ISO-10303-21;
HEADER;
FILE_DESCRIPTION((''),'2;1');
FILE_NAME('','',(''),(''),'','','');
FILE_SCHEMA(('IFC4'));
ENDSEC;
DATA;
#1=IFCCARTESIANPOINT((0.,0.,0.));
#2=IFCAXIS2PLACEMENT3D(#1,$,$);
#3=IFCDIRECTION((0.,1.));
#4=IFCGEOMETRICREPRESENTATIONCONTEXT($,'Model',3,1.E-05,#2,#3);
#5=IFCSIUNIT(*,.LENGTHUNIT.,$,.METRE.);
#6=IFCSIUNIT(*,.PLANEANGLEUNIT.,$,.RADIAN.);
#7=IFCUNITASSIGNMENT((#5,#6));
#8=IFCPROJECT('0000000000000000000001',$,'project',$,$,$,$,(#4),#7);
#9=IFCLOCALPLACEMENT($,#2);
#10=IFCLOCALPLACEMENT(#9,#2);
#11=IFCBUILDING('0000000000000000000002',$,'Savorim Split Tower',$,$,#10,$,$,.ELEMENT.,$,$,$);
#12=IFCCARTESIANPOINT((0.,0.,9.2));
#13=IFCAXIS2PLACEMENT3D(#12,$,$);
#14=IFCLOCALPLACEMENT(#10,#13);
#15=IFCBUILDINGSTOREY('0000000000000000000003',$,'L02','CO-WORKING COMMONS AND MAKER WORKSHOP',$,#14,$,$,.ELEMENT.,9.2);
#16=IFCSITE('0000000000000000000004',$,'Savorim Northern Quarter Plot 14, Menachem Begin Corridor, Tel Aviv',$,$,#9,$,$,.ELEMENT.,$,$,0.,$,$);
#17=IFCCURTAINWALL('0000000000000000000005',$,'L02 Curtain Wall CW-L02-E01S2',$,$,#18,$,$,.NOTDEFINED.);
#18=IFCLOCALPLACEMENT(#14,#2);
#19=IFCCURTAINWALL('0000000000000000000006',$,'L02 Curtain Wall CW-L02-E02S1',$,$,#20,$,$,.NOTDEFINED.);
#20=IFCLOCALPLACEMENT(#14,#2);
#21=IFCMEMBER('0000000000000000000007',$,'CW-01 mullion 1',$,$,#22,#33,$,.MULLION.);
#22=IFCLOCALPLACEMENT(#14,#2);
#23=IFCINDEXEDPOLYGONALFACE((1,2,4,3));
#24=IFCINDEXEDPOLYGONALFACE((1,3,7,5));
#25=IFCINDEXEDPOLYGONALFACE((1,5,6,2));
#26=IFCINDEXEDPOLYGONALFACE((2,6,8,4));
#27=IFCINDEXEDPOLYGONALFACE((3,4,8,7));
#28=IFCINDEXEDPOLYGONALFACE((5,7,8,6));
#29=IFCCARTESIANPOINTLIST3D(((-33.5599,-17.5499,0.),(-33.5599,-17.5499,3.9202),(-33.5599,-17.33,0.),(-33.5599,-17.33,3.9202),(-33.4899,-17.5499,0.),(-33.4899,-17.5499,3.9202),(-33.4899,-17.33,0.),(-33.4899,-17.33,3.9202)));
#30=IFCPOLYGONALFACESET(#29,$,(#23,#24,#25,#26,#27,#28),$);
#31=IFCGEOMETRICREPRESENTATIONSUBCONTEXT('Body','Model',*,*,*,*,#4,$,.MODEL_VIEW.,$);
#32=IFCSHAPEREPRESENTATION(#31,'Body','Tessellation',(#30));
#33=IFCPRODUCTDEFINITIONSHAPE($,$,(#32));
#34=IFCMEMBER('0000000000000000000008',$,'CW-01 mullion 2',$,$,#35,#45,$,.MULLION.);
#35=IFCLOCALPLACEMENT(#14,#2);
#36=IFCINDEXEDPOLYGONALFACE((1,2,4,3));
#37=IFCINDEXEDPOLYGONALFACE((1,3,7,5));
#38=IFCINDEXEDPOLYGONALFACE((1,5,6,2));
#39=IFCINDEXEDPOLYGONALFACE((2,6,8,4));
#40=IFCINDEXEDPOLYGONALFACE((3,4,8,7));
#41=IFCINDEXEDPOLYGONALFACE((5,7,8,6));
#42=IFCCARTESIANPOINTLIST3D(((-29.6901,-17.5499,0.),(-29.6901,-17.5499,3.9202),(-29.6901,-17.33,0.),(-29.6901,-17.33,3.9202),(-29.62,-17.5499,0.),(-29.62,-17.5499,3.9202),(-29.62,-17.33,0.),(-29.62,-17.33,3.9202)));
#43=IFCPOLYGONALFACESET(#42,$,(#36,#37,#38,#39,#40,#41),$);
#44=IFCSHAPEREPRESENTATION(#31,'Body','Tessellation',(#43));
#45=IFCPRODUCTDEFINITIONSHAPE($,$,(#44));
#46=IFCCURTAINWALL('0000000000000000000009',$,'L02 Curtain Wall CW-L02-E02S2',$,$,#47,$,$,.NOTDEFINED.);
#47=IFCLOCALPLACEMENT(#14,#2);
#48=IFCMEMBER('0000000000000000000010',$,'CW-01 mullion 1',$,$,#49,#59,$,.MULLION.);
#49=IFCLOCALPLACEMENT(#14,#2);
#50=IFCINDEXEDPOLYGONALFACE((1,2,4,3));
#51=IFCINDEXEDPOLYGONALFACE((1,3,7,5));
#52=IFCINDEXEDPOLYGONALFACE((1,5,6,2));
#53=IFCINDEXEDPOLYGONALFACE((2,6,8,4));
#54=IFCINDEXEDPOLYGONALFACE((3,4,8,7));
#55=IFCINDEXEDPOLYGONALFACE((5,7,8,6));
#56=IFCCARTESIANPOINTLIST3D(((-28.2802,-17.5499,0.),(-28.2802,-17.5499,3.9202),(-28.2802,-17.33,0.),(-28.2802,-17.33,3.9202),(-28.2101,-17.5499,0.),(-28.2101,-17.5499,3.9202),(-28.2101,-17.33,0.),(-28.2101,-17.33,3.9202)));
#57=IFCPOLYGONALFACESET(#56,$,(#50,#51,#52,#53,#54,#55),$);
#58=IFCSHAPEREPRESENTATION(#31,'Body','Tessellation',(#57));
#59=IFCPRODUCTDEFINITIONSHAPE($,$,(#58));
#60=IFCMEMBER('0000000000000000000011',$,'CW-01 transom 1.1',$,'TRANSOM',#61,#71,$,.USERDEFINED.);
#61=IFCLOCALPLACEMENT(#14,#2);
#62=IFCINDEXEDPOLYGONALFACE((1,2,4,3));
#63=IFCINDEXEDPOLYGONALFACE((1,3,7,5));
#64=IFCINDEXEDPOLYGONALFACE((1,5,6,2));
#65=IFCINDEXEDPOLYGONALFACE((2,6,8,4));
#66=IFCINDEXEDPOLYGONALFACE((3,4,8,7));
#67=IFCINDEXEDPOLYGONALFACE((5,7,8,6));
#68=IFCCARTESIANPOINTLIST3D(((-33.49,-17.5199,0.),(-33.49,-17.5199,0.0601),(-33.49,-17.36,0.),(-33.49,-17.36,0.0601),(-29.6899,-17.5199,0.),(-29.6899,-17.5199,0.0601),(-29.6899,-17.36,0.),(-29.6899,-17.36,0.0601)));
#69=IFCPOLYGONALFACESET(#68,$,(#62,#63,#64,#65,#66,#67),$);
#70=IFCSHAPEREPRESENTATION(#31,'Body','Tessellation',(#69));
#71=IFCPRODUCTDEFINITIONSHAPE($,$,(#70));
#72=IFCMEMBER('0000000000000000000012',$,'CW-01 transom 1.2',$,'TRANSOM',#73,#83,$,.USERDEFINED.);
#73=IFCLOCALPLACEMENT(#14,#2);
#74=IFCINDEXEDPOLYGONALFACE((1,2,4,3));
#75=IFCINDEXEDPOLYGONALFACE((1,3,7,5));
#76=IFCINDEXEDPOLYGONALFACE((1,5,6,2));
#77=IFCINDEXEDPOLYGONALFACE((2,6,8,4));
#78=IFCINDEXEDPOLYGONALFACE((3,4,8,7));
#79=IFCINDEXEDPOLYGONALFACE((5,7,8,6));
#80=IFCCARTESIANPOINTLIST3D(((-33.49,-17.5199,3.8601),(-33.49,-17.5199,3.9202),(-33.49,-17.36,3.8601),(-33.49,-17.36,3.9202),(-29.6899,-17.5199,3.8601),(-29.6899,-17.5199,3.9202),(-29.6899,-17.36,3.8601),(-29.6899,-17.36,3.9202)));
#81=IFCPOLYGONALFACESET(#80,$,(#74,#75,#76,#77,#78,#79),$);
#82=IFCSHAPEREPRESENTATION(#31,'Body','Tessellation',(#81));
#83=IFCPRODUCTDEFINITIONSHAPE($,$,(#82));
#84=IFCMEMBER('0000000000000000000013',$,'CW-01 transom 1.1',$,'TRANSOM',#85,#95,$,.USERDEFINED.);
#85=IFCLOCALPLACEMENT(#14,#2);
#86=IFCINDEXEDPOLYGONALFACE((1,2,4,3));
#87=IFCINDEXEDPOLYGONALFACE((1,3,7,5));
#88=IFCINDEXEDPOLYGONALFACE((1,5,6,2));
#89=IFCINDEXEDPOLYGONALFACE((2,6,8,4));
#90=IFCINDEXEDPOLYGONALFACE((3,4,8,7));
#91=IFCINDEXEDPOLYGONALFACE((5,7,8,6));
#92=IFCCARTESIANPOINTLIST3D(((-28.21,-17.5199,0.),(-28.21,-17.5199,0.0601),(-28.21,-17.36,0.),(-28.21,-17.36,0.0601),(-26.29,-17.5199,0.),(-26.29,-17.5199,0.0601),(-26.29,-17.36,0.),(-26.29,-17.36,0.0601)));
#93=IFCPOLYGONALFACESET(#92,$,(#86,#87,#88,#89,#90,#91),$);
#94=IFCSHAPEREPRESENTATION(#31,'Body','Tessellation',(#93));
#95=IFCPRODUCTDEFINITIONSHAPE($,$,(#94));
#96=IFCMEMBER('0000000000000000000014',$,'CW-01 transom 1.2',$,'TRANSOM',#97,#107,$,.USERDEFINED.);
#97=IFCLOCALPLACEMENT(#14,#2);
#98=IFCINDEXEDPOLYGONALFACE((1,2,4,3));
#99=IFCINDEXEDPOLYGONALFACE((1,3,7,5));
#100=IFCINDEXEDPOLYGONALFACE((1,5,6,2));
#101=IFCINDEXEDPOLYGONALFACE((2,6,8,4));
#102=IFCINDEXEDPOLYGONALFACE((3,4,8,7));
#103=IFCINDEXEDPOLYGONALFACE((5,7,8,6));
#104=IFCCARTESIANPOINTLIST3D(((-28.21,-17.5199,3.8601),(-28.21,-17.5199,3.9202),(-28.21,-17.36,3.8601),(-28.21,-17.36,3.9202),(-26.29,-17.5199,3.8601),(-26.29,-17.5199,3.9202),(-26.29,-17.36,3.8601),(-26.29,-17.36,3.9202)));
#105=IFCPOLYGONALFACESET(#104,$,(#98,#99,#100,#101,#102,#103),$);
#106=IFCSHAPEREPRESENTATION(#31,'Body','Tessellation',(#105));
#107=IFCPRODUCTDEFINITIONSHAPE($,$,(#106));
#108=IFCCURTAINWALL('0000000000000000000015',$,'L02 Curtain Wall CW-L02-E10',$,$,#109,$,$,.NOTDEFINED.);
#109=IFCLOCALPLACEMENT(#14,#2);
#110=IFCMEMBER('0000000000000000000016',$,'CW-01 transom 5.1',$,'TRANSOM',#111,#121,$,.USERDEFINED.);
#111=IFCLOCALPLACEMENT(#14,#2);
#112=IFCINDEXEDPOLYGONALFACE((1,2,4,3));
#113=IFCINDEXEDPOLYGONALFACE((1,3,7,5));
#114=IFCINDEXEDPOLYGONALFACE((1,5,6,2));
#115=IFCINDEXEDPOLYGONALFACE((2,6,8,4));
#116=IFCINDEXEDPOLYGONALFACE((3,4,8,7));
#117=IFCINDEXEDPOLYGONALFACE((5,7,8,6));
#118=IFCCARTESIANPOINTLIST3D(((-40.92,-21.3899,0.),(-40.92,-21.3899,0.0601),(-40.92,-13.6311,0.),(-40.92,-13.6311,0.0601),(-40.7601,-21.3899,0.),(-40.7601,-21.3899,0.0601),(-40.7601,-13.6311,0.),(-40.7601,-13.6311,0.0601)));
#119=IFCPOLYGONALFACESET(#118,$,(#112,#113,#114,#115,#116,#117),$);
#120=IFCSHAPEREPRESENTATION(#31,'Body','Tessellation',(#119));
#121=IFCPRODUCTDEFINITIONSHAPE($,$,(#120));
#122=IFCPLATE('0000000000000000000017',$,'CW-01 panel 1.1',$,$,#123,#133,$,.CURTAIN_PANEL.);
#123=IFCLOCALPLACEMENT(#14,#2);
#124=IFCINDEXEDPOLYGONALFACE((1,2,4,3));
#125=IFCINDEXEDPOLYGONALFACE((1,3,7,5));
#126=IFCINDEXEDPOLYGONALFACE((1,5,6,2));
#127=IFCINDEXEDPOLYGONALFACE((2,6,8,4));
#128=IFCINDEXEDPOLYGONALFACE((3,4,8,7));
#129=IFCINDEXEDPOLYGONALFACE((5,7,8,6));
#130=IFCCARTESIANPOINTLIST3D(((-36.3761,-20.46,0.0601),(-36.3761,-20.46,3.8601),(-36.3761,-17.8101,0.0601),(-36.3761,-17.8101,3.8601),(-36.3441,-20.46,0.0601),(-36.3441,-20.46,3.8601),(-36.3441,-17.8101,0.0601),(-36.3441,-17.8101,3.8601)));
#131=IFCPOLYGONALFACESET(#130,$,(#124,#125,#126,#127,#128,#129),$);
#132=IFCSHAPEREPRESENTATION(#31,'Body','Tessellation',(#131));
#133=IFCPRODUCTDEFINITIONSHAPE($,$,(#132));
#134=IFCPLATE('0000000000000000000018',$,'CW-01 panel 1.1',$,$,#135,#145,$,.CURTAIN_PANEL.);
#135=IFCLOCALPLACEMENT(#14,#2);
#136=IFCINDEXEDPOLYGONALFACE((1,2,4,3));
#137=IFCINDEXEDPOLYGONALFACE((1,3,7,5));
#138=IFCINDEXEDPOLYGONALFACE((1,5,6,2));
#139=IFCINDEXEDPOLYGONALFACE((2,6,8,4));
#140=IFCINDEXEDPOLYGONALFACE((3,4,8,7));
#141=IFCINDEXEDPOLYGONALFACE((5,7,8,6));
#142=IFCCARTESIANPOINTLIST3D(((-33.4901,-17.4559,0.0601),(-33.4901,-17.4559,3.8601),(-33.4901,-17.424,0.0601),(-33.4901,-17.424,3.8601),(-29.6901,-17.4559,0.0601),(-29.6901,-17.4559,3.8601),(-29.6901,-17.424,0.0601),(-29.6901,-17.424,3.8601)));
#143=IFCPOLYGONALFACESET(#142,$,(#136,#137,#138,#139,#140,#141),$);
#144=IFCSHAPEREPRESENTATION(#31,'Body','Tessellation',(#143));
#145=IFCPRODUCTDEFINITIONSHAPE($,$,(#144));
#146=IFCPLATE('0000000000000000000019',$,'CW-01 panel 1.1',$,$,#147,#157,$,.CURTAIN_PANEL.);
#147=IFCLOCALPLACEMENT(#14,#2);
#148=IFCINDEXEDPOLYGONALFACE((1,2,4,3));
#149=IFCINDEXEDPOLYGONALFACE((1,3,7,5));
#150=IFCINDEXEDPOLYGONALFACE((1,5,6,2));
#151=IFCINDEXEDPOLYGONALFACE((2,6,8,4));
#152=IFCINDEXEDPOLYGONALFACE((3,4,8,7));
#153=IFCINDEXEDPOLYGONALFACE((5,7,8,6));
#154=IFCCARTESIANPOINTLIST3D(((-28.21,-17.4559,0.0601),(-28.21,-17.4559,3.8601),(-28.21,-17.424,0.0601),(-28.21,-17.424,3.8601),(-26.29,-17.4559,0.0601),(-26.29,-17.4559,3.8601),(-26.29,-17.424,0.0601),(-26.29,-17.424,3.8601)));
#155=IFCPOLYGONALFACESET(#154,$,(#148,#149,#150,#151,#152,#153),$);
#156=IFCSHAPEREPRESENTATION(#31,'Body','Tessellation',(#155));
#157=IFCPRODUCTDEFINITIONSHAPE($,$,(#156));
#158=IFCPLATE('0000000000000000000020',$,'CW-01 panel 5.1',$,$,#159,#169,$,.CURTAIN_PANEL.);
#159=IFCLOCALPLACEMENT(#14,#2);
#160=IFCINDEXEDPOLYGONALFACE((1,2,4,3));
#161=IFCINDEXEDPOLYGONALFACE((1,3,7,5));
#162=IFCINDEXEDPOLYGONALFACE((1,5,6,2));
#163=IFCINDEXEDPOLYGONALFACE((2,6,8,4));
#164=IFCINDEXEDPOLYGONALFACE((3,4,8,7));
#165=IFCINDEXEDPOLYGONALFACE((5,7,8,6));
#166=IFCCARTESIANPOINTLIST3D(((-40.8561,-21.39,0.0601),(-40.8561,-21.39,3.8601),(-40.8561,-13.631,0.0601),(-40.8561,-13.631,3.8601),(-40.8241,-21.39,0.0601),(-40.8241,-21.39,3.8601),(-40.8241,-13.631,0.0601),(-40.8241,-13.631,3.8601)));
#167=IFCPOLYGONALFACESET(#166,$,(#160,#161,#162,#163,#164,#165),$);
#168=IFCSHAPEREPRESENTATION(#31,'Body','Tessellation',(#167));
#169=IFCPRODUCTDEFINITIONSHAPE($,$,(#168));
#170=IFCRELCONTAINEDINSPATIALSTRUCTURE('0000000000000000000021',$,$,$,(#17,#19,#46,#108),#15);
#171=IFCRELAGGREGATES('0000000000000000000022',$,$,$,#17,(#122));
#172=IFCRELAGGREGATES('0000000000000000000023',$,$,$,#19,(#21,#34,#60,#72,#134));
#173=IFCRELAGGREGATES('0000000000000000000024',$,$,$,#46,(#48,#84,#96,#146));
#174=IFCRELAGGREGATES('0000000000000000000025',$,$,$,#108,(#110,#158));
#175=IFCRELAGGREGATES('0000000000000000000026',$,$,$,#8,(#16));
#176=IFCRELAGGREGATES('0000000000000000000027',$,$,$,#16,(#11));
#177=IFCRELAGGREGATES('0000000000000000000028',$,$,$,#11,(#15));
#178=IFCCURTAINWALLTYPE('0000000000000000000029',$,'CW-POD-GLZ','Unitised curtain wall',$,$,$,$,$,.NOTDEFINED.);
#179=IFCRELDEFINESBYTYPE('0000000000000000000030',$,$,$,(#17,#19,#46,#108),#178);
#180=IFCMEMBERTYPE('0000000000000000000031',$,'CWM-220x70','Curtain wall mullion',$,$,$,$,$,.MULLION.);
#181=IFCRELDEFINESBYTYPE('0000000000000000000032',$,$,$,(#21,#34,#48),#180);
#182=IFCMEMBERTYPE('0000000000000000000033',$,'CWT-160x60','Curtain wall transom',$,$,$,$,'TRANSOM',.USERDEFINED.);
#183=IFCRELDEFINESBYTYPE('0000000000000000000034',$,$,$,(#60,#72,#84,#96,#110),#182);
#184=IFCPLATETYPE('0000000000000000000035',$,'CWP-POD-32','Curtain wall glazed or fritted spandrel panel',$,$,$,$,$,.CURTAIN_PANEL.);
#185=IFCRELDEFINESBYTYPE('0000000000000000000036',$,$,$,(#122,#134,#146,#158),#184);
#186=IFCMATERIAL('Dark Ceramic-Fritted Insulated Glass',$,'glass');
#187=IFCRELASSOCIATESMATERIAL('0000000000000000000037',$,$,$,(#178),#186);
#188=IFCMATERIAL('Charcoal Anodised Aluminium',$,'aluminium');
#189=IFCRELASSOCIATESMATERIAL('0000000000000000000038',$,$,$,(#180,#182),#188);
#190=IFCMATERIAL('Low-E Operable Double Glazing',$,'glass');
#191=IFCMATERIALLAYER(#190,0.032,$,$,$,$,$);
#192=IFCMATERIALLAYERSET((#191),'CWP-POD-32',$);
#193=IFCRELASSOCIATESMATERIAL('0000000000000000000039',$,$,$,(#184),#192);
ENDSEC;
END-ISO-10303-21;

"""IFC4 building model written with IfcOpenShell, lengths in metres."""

from ifc_helpers import new_model, si_unit, direction, frame, origin, origin_2d, place, context, subcontext, project, spatial, rectangle, extrude, material, layer, layer_set, material_profile, profile_set, type_object, element, aggregate, save


model = new_model("IFC4")

# Units and contexts
model_context = context("Model", 3, precision=1e-05, world=origin(), true_north=direction((0.0, 1.0)))
body_context = subcontext(model_context, "Body", "Model", "MODEL_VIEW")
ifc_project = project(units=[si_unit("LENGTHUNIT", "METRE"), si_unit("PLANEANGLEUNIT", "RADIAN")], contexts=[model_context])

# Site, building, storey
site_placement = place(None, origin())
site = spatial("IfcSite", under=ifc_project, at=site_placement, Name="Savorim Northern Quarter Plot 14, Menachem Begin Corridor, Tel Aviv", CompositionType="ELEMENT", RefElevation=0.0)
building_placement = place(site_placement, origin())
building = spatial("IfcBuilding", under=site, at=building_placement, Name="Savorim Split Tower", CompositionType="ELEMENT")
storey_placement = place(building_placement, frame((0.0, 0.0, 9.2)))
storey = spatial("IfcBuildingStorey", under=building, at=storey_placement, Name="L02", Description="CO-WORKING COMMONS AND MAKER WORKSHOP", CompositionType="ELEMENT", Elevation=9.2)

# Curtain wall
ifc_material_1 = material(Name="Dark Ceramic-Fritted Insulated Glass", Category="glass")
curtain_wall_type = type_object("IfcCurtainWallType", Name="CW-POD-GLZ", Description="Unitised curtain wall", PredefinedType="NOTDEFINED", material=ifc_material_1)
curtain_wall_1_placement = place(storey_placement, origin())
curtain_wall_1 = element("IfcCurtainWall", 1, at=curtain_wall_1_placement, inside=storey, type_object=curtain_wall_type, Name="L02 Curtain Wall CW-L02-E01S2", PredefinedType="NOTDEFINED")
ifc_material_2 = material(Name="Charcoal Anodised Aluminium", Category="aluminium")
ifc_material_profile_1 = material_profile(ifc_material_2, rectangle(XDim=0.22, YDim=0.0701, at=origin_2d()), Name="ALU-M 220x70")
ifc_profile_set_1 = profile_set([ifc_material_profile_1], Name="Charcoal Anodised Aluminium")
member_type_1 = type_object("IfcMemberType", Name="CWM-220x70", Description="Curtain wall mullion", PredefinedType="MULLION", material=ifc_profile_set_1)

# Curtain wall, members
curtain_wall_2_placement = place(storey_placement, origin())
curtain_wall_2 = element("IfcCurtainWall", 2, at=curtain_wall_2_placement, inside=storey, type_object=curtain_wall_type, Name="L02 Curtain Wall CW-L02-E02S1", PredefinedType="NOTDEFINED")
member_1_placement = place(storey_placement, frame((-33.5249, -17.4399, 0.0), z_axis=(0.0, 0.0, 1.0), x_axis=(0.0, 1.0, 0.0)))
member_1 = element("IfcMember", 3, at=member_1_placement, type_object=member_type_1, Name="CW-01 mullion 1", PredefinedType="MULLION", context=body_context, shape_type="SweptSolid", body=[
    extrude(rectangle(XDim=0.22, YDim=0.0701, at=origin_2d()), origin(), (0.0, 0.0, 1.0), 3.9202),
])
member_2_placement = place(storey_placement, frame((-29.655, -17.4399, 0.0), z_axis=(0.0, 0.0, 1.0), x_axis=(0.0, 1.0, 0.0)))
member_2 = element("IfcMember", 4, at=member_2_placement, type_object=member_type_1, Name="CW-01 mullion 2", PredefinedType="MULLION", context=body_context, shape_type="SweptSolid", body=[
    extrude(rectangle(XDim=0.22, YDim=0.0701, at=origin_2d()), origin(), (0.0, 0.0, 1.0), 3.9202),
])

# Curtain wall, member
curtain_wall_3_placement = place(storey_placement, origin())
curtain_wall_3 = element("IfcCurtainWall", 5, at=curtain_wall_3_placement, inside=storey, type_object=curtain_wall_type, Name="L02 Curtain Wall CW-L02-E02S2", PredefinedType="NOTDEFINED")
member_3_placement = place(storey_placement, frame((-28.2451, -17.4399, 0.0), z_axis=(0.0, 0.0, 1.0), x_axis=(0.0, 1.0, 0.0)))
member_3 = element("IfcMember", 6, at=member_3_placement, type_object=member_type_1, Name="CW-01 mullion 1", PredefinedType="MULLION", context=body_context, shape_type="SweptSolid", body=[
    extrude(rectangle(XDim=0.22, YDim=0.0701, at=origin_2d()), origin(), (0.0, 0.0, 1.0), 3.9202),
])

# Members
ifc_material_profile_2 = material_profile(ifc_material_2, rectangle(XDim=0.1599, YDim=0.0601, at=origin_2d()), Name="ALU-T 160x60")
ifc_profile_set_2 = profile_set([ifc_material_profile_2], Name="Charcoal Anodised Aluminium")
member_type_2 = type_object("IfcMemberType", Name="CWT-160x60", Description="Curtain wall transom", ElementType="TRANSOM", PredefinedType="USERDEFINED", material=ifc_profile_set_2)
member_4_placement = place(storey_placement, frame((-33.49, -17.4399, 0.03), z_axis=(1.0, 0.0, 0.0), x_axis=(0.0, 1.0, 0.0)))
member_4 = element("IfcMember", 7, at=member_4_placement, type_object=member_type_2, Name="CW-01 transom 1.1", ObjectType="TRANSOM", PredefinedType="USERDEFINED", context=body_context, shape_type="SweptSolid", body=[
    extrude(rectangle(XDim=0.1599, YDim=0.0601, at=origin_2d()), origin(), (0.0, 0.0, 1.0), 3.8),
])
member_5_placement = place(storey_placement, frame((-33.49, -17.4399, 3.8901), z_axis=(1.0, 0.0, 0.0), x_axis=(0.0, 1.0, 0.0)))
member_5 = element("IfcMember", 8, at=member_5_placement, type_object=member_type_2, Name="CW-01 transom 1.2", ObjectType="TRANSOM", PredefinedType="USERDEFINED", context=body_context, shape_type="SweptSolid", body=[
    extrude(rectangle(XDim=0.1599, YDim=0.0601, at=origin_2d()), origin(), (0.0, 0.0, 1.0), 3.8),
])
member_6_placement = place(storey_placement, frame((-28.21, -17.4399, 0.03), z_axis=(1.0, 0.0, 0.0), x_axis=(0.0, 1.0, 0.0)))
member_6 = element("IfcMember", 9, at=member_6_placement, type_object=member_type_2, Name="CW-01 transom 1.1", ObjectType="TRANSOM", PredefinedType="USERDEFINED", context=body_context, shape_type="SweptSolid", body=[
    extrude(rectangle(XDim=0.1599, YDim=0.0601, at=origin_2d()), origin(), (0.0, 0.0, 1.0), 1.9199),
])
member_7_placement = place(storey_placement, frame((-28.21, -17.4399, 3.8901), z_axis=(1.0, 0.0, 0.0), x_axis=(0.0, 1.0, 0.0)))
member_7 = element("IfcMember", 10, at=member_7_placement, type_object=member_type_2, Name="CW-01 transom 1.2", ObjectType="TRANSOM", PredefinedType="USERDEFINED", context=body_context, shape_type="SweptSolid", body=[
    extrude(rectangle(XDim=0.1599, YDim=0.0601, at=origin_2d()), origin(), (0.0, 0.0, 1.0), 1.9199),
])

# Curtain wall, member
curtain_wall_4_placement = place(storey_placement, origin())
curtain_wall_4 = element("IfcCurtainWall", 11, at=curtain_wall_4_placement, inside=storey, type_object=curtain_wall_type, Name="L02 Curtain Wall CW-L02-E10", PredefinedType="NOTDEFINED")
member_8_placement = place(storey_placement, frame((-40.8401, -13.6311, 0.03), z_axis=(0.0, -1.0, 0.0), x_axis=(1.0, 0.0, 0.0)))
member_8 = element("IfcMember", 12, at=member_8_placement, type_object=member_type_2, Name="CW-01 transom 5.1", ObjectType="TRANSOM", PredefinedType="USERDEFINED", context=body_context, shape_type="SweptSolid", body=[
    extrude(rectangle(XDim=0.1599, YDim=0.0601, at=origin_2d()), origin(), (0.0, 0.0, 1.0), 7.7588),
])

# Plates
ifc_material_3 = material(Name="Low-E Operable Double Glazing", Category="glass")
ifc_layer_1 = layer(ifc_material_3, 0.032)
ifc_layer_set_1 = layer_set([ifc_layer_1], Name="CWP-POD-32")
plate_type = type_object("IfcPlateType", Name="CWP-POD-32", Description="Curtain wall glazed or fritted spandrel panel", PredefinedType="CURTAIN_PANEL", material=ifc_layer_set_1)
plate_1_placement = place(storey_placement, frame((-36.3601, -19.135, 0.0601), z_axis=(0.0, 0.0, 1.0), x_axis=(0.0, 1.0, 0.0)))
plate_1 = element("IfcPlate", 13, at=plate_1_placement, type_object=plate_type, Name="CW-01 panel 1.1", PredefinedType="CURTAIN_PANEL", context=body_context, shape_type="SweptSolid", body=[
    extrude(rectangle(XDim=2.6499, YDim=0.032, at=origin_2d()), origin(), (0.0, 0.0, 1.0), 3.8),
])
aggregate(curtain_wall_1, [plate_1])
plate_2_placement = place(storey_placement, frame((-31.5901, -17.4399, 0.0601), z_axis=(0.0, 0.0, 1.0), x_axis=(1.0, 0.0, 0.0)))
plate_2 = element("IfcPlate", 14, at=plate_2_placement, type_object=plate_type, Name="CW-01 panel 1.1", PredefinedType="CURTAIN_PANEL", context=body_context, shape_type="SweptSolid", body=[
    extrude(rectangle(XDim=3.8, YDim=0.032, at=origin_2d()), origin(), (0.0, 0.0, 1.0), 3.8),
])
aggregate(curtain_wall_2, [member_1, member_2, member_4, member_5, plate_2])
plate_3_placement = place(storey_placement, frame((-27.25, -17.4399, 0.0601), z_axis=(0.0, 0.0, 1.0), x_axis=(1.0, 0.0, 0.0)))
plate_3 = element("IfcPlate", 15, at=plate_3_placement, type_object=plate_type, Name="CW-01 panel 1.1", PredefinedType="CURTAIN_PANEL", context=body_context, shape_type="SweptSolid", body=[
    extrude(rectangle(XDim=1.9199, YDim=0.032, at=origin_2d()), origin(), (0.0, 0.0, 1.0), 3.8),
])
aggregate(curtain_wall_3, [member_3, member_6, member_7, plate_3])
plate_4_placement = place(storey_placement, frame((-40.8401, -17.5105, 0.0601), z_axis=(0.0, 0.0, 1.0), x_axis=(0.0, -1.0, 0.0)))
plate_4 = element("IfcPlate", 16, at=plate_4_placement, type_object=plate_type, Name="CW-01 panel 5.1", PredefinedType="CURTAIN_PANEL", context=body_context, shape_type="SweptSolid", body=[
    extrude(rectangle(XDim=7.759, YDim=0.032, at=origin_2d()), origin(), (0.0, 0.0, 1.0), 3.8),
])
aggregate(curtain_wall_4, [member_8, plate_4])

save(model, "model.ifc")
